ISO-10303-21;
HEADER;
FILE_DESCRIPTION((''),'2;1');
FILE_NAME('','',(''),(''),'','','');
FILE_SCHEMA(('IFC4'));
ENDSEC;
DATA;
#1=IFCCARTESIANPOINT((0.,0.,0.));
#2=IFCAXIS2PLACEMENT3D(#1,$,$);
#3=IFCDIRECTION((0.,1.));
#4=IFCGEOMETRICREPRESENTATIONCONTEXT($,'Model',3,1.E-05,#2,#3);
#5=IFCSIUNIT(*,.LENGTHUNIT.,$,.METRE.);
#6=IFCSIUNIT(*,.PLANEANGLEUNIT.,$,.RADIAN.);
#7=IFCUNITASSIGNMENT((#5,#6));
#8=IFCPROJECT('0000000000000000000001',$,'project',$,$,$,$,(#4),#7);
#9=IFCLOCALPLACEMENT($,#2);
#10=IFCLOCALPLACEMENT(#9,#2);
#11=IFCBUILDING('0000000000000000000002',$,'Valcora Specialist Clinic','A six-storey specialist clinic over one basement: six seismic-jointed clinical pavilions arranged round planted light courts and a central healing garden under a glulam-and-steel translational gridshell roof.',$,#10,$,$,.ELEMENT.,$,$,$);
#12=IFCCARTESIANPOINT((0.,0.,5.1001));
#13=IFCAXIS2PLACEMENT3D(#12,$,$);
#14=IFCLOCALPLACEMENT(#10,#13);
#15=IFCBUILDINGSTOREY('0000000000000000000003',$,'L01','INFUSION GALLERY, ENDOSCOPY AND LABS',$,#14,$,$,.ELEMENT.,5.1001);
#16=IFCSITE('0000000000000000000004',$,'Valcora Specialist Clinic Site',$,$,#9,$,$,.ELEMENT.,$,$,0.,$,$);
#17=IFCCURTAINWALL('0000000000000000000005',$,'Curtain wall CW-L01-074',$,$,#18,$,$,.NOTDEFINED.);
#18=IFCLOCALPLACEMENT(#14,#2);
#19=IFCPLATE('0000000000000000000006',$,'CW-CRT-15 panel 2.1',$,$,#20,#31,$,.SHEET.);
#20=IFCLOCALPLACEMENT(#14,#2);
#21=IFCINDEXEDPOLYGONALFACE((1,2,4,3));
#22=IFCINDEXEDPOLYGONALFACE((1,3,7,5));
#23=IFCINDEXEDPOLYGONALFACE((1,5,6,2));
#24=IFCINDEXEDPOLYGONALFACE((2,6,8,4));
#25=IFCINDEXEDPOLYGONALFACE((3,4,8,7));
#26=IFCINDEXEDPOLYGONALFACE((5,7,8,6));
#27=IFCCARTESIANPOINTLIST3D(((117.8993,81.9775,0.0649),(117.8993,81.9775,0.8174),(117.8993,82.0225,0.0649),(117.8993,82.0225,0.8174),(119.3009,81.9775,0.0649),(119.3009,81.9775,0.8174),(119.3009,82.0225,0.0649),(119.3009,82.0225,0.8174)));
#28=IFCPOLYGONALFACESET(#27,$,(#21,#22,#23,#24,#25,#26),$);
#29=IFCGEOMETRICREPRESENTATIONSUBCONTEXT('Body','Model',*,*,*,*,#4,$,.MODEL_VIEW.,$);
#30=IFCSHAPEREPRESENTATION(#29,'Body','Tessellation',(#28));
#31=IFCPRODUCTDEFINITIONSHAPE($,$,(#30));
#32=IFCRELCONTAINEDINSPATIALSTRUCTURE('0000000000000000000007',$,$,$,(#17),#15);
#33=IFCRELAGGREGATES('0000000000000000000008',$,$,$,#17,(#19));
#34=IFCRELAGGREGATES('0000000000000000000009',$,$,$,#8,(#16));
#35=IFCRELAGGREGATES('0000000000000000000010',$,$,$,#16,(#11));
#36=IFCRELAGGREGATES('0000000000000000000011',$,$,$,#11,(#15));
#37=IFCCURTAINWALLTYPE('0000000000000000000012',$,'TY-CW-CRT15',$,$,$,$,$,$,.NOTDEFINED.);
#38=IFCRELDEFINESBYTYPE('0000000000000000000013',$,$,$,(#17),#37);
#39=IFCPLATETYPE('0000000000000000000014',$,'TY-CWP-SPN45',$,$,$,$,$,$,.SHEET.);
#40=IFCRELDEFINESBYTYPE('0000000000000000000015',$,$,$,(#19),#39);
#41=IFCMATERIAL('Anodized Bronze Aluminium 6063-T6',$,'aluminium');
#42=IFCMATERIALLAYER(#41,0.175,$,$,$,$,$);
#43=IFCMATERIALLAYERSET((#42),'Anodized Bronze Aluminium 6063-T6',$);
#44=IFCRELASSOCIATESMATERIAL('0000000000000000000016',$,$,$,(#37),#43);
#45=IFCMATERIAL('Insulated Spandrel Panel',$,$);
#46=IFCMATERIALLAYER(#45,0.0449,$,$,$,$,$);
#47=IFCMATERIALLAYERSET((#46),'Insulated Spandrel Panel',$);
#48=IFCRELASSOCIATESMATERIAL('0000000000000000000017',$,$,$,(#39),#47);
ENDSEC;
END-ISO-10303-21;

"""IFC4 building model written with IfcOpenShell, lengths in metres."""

from ifc_helpers import new_model, si_unit, direction, frame, origin, origin_2d, place, context, subcontext, project, spatial, rectangle, extrude, material, layer, layer_set, type_object, element, aggregate, save


model = new_model("IFC4")

# Units and contexts
model_context = context("Model", 3, precision=1e-05, world=origin(), true_north=direction((0.0, 1.0)))
body_context = subcontext(model_context, "Body", "Model", "MODEL_VIEW")
ifc_project = project(units=[si_unit("LENGTHUNIT", "METRE"), si_unit("PLANEANGLEUNIT", "RADIAN")], contexts=[model_context])

# Site, building, storey
site_placement = place(None, origin())
site = spatial("IfcSite", under=ifc_project, at=site_placement, Name="Valcora Specialist Clinic Site", CompositionType="ELEMENT", RefElevation=0.0)
building_placement = place(site_placement, origin())
building = spatial("IfcBuilding", under=site, at=building_placement, Name="Valcora Specialist Clinic", Description="A six-storey specialist clinic over one basement: six seismic-jointed clinical pavilions arranged round planted light courts and a central healing garden under a glulam-and-steel translational gridshell roof.", CompositionType="ELEMENT")
storey_placement = place(building_placement, frame((0.0, 0.0, 5.1001)))
storey = spatial("IfcBuildingStorey", under=building, at=storey_placement, Name="L01", Description="INFUSION GALLERY, ENDOSCOPY AND LABS", CompositionType="ELEMENT", Elevation=5.1001)

# Shared definitions
ifc_material_1 = material(Name="Anodized Bronze Aluminium 6063-T6", Category="aluminium")
ifc_layer_1 = layer(ifc_material_1, 0.175)
ifc_layer_set_1 = layer_set([ifc_layer_1], Name="Anodized Bronze Aluminium 6063-T6")
curtain_wall_type = type_object("IfcCurtainWallType", Name="TY-CW-CRT15", PredefinedType="NOTDEFINED", material=ifc_layer_set_1)

# Curtain wall
curtain_wall_1_placement = place(storey_placement, origin())
curtain_wall_1 = element("IfcCurtainWall", 1, at=curtain_wall_1_placement, inside=storey, type_object=curtain_wall_type, Name="Curtain wall CW-L01-074", PredefinedType="NOTDEFINED")

# Plate
ifc_material_2 = material(Name="Insulated Spandrel Panel")
ifc_layer_2 = layer(ifc_material_2, 0.0449)
ifc_layer_set_2 = layer_set([ifc_layer_2], Name="Insulated Spandrel Panel")
plate_type_1 = type_object("IfcPlateType", Name="TY-CWP-SPN45", PredefinedType="SHEET", material=ifc_layer_set_2)
plate_1_placement = place(storey_placement, frame((118.6001, 82.0, 0.0649), z_axis=(0.0, 0.0, 1.0), x_axis=(1.0, 0.0, 0.0)))
plate_1 = element("IfcPlate", 2, at=plate_1_placement, type_object=plate_type_1, Name="CW-CRT-15 panel 2.1", PredefinedType="SHEET", context=body_context, shape_type="SweptSolid", body=[
    extrude(rectangle(XDim=1.4016, YDim=0.0449, at=origin_2d()), origin(), (0.0, 0.0, 1.0), 0.7524),
])
aggregate(curtain_wall_1, [plate_1])

save(model, "model.ifc")
